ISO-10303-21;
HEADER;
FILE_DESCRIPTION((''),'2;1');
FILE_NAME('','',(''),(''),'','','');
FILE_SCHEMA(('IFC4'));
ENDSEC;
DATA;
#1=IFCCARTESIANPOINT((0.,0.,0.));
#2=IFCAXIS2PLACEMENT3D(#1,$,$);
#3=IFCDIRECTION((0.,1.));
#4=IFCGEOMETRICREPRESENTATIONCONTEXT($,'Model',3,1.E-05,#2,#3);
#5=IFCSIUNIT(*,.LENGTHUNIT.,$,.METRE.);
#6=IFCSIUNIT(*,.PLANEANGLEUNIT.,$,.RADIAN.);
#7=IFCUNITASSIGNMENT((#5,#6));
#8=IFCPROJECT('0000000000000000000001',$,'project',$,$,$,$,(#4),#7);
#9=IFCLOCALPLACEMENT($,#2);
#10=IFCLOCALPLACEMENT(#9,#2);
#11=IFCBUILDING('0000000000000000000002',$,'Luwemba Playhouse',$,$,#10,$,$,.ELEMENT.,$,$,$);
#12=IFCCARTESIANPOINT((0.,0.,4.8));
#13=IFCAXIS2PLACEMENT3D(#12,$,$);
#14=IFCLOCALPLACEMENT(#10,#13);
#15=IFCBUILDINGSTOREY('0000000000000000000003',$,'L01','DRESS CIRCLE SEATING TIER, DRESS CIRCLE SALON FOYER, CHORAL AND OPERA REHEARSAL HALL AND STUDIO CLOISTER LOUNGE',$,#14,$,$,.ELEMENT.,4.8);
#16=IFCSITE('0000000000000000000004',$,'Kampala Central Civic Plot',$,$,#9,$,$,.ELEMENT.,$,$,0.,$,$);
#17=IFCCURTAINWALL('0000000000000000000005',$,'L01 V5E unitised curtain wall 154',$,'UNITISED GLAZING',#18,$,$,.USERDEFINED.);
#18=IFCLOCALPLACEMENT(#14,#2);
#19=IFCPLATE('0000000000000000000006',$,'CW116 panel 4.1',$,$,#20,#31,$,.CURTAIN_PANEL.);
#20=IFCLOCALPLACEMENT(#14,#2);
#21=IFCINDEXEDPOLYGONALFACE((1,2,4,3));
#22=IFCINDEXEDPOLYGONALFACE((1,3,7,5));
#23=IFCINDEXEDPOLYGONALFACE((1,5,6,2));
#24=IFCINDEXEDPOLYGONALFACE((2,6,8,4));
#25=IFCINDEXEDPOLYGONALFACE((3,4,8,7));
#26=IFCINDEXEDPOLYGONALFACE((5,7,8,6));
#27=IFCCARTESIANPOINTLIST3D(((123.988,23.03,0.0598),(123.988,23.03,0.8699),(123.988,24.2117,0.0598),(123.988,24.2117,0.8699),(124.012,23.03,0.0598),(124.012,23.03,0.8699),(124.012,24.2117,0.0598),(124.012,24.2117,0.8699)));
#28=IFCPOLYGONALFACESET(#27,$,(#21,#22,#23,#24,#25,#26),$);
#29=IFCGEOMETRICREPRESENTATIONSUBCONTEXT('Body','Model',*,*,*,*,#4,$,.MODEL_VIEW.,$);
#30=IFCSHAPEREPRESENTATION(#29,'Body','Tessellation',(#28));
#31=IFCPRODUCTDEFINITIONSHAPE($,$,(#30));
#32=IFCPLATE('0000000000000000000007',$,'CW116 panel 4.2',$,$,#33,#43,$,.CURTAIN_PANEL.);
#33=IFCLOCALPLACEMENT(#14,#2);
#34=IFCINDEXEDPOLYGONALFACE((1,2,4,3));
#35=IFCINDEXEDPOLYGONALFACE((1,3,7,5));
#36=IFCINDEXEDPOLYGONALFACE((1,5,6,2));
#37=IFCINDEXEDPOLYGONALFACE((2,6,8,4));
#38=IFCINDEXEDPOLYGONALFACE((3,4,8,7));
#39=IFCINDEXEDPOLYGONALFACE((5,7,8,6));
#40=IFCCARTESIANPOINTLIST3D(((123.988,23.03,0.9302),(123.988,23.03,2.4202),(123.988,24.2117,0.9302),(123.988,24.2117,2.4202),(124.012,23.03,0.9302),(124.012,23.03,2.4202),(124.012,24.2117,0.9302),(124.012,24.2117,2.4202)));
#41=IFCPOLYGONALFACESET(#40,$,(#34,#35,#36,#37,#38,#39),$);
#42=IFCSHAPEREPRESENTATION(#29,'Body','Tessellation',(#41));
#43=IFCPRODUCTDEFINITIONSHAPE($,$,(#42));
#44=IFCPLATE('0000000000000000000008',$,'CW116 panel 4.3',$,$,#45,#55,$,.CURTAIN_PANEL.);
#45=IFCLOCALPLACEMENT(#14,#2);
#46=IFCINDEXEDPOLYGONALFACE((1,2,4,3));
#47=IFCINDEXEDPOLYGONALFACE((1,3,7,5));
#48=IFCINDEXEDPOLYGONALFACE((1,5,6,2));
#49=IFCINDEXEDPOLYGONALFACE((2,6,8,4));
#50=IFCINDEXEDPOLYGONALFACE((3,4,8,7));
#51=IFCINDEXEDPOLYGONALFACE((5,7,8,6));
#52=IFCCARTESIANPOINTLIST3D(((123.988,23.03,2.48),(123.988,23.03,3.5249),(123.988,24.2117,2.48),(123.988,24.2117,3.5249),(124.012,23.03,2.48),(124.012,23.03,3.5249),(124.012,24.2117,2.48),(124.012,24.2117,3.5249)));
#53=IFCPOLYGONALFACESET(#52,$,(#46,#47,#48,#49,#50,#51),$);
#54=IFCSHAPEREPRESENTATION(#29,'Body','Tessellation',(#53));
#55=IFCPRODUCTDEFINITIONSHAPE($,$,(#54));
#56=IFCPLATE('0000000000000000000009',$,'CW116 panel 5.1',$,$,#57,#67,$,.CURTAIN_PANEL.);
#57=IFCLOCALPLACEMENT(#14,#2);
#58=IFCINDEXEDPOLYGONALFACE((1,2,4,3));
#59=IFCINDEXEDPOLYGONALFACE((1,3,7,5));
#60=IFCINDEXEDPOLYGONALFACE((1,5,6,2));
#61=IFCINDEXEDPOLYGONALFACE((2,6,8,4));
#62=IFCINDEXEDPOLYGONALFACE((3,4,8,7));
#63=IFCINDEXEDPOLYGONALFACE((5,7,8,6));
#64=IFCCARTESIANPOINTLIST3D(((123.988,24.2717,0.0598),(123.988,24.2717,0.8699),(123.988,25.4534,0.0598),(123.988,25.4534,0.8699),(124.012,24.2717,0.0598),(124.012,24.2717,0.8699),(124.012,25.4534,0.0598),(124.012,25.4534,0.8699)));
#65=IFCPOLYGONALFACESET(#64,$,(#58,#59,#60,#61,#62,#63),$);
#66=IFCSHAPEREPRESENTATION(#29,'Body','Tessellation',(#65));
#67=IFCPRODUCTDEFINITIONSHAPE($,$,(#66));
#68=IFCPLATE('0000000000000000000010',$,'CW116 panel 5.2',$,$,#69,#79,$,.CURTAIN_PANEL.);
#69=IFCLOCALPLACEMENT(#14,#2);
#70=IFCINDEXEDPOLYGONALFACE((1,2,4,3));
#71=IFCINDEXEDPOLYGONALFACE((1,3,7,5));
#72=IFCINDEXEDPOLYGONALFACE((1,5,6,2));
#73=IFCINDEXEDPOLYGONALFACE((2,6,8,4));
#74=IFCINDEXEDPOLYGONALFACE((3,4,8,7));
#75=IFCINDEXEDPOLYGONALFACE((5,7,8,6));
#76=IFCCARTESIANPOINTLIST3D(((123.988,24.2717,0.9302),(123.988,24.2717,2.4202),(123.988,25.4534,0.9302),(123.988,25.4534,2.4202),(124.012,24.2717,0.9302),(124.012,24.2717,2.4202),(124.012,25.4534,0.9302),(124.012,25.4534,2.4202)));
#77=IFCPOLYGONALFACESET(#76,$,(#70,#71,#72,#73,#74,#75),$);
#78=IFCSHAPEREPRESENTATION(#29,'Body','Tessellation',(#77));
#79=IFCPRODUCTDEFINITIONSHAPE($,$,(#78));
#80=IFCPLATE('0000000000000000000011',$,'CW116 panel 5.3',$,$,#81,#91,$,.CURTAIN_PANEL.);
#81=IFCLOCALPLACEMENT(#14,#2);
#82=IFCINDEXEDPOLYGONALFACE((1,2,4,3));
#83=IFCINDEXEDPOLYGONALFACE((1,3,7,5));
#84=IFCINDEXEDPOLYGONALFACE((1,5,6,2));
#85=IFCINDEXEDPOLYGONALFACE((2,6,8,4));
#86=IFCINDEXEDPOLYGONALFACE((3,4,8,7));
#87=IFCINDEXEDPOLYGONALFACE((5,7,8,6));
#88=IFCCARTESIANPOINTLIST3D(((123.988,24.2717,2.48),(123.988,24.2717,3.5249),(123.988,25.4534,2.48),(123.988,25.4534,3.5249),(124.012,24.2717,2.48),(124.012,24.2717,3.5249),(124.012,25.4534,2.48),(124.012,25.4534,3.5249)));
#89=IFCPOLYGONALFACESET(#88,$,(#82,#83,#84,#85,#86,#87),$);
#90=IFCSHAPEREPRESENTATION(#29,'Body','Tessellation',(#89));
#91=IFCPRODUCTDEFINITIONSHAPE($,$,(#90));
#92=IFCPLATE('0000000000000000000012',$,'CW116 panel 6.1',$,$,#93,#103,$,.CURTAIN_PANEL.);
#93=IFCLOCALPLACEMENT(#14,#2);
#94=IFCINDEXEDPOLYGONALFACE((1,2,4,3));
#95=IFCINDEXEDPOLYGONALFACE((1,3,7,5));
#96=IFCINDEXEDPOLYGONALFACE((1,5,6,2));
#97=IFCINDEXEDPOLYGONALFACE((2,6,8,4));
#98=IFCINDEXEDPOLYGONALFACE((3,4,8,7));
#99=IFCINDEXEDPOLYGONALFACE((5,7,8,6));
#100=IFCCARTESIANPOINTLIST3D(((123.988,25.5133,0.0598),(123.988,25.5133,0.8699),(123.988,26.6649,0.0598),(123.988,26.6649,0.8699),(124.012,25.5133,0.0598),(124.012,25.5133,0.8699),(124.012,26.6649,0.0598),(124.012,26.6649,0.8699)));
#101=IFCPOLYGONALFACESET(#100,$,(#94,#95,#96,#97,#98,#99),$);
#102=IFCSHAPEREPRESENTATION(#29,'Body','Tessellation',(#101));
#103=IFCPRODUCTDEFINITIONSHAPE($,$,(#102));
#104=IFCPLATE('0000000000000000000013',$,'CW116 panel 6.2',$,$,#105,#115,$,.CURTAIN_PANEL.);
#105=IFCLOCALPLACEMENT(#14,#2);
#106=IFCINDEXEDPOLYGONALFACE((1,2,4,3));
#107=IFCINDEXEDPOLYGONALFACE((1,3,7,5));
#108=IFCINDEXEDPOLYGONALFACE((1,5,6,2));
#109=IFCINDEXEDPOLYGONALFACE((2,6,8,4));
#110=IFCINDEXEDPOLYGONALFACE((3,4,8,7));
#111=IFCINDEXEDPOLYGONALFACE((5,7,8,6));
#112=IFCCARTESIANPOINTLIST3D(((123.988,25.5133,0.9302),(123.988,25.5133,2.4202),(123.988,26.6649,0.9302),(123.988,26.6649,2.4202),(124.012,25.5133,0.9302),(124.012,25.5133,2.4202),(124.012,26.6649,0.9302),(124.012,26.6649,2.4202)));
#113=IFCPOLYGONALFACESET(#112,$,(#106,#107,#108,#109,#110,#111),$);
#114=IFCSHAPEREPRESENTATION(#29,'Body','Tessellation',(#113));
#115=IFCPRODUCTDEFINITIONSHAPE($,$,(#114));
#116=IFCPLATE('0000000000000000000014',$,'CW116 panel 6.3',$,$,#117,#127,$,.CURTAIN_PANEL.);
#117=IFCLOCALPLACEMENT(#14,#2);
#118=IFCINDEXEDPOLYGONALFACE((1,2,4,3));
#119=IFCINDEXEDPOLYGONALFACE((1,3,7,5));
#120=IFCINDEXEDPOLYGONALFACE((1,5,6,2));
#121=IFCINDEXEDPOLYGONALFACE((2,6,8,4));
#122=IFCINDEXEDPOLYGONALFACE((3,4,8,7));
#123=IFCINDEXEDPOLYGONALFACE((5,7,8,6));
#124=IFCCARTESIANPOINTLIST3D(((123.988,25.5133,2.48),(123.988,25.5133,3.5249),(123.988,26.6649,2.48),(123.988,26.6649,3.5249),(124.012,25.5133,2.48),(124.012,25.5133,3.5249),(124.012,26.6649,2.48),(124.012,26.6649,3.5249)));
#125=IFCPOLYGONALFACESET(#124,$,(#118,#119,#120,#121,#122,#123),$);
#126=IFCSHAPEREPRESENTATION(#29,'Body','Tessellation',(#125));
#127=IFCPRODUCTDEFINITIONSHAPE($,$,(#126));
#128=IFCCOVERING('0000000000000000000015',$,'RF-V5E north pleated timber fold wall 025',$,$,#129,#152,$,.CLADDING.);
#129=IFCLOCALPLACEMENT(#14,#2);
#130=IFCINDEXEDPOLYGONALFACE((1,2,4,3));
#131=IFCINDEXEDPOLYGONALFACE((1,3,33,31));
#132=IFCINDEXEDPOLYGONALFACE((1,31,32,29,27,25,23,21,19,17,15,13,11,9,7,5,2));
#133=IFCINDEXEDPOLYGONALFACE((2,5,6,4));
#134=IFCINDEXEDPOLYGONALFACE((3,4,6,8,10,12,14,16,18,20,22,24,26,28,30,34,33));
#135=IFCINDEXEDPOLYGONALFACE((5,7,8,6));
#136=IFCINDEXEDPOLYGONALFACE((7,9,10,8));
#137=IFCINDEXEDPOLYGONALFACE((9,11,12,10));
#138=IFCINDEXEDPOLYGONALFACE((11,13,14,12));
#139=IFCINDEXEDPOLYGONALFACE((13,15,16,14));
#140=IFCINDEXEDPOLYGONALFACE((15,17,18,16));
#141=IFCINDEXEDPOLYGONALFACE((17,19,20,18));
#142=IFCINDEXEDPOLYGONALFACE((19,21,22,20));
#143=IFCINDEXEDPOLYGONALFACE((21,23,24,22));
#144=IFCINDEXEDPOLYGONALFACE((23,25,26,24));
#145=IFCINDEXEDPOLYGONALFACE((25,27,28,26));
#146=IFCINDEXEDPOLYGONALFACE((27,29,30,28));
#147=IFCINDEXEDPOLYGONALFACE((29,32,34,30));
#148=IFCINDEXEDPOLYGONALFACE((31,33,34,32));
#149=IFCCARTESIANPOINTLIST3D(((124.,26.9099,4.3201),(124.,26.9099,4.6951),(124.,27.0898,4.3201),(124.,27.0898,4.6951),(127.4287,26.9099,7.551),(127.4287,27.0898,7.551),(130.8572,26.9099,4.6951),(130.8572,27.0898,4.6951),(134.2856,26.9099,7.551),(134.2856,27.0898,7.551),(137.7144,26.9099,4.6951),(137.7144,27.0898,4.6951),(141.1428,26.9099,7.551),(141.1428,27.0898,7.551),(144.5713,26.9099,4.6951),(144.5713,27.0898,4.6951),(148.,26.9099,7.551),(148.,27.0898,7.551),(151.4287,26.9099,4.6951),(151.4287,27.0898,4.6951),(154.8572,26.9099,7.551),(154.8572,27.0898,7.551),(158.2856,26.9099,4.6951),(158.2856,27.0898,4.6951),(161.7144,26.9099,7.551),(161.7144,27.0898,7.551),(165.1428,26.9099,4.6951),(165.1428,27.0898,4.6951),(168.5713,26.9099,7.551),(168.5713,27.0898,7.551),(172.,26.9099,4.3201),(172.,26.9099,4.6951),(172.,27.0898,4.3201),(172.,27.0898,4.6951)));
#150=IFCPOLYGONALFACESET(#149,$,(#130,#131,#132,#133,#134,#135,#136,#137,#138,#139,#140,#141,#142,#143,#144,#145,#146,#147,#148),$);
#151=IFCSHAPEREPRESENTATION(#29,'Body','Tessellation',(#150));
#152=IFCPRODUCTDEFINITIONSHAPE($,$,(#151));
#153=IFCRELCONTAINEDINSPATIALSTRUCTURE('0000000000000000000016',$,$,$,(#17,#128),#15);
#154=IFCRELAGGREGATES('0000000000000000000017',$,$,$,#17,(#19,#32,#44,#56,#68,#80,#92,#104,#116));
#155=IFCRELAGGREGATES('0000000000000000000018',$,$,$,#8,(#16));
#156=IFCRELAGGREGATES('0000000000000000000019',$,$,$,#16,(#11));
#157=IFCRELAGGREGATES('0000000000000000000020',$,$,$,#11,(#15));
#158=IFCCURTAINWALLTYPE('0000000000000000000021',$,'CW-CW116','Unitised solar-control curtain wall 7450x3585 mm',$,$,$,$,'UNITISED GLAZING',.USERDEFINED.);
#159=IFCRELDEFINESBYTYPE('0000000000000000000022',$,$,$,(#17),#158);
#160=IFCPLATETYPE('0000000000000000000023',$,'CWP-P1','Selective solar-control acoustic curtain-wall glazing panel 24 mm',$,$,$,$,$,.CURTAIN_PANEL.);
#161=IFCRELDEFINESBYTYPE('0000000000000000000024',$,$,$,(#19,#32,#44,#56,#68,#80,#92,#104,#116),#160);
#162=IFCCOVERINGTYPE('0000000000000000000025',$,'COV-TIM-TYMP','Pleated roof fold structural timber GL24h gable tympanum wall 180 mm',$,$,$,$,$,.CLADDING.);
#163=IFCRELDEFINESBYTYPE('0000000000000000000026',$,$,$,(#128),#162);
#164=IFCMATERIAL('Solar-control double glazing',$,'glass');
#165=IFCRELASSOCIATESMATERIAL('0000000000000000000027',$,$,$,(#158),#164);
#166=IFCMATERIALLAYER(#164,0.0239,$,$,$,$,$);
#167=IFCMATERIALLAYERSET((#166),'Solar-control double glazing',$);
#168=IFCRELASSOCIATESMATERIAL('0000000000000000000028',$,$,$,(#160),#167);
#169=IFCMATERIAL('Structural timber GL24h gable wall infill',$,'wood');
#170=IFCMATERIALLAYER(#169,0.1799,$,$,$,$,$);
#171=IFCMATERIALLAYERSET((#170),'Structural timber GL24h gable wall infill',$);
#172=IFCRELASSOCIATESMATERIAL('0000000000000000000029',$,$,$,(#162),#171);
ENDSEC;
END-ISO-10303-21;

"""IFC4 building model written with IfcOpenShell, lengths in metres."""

from ifc_helpers import new_model, si_unit, direction, frame, origin, origin_2d, place, context, subcontext, project, spatial, polyline, rectangle, outline, extrude, material, layer, layer_set, type_object, element, aggregate, save


model = new_model("IFC4")

# Units and contexts
model_context = context("Model", 3, precision=1e-05, world=origin(), true_north=direction((0.0, 1.0)))
body_context = subcontext(model_context, "Body", "Model", "MODEL_VIEW")
ifc_project = project(units=[si_unit("LENGTHUNIT", "METRE"), si_unit("PLANEANGLEUNIT", "RADIAN")], contexts=[model_context])

# Site, building, storey
site_placement = place(None, origin())
site = spatial("IfcSite", under=ifc_project, at=site_placement, Name="Kampala Central Civic Plot", CompositionType="ELEMENT", RefElevation=0.0)
building_placement = place(site_placement, origin())
building = spatial("IfcBuilding", under=site, at=building_placement, Name="Luwemba Playhouse", CompositionType="ELEMENT")
storey_placement = place(building_placement, frame((0.0, 0.0, 4.8)))
storey = spatial("IfcBuildingStorey", under=building, at=storey_placement, Name="L01", Description="DRESS CIRCLE SEATING TIER, DRESS CIRCLE SALON FOYER, CHORAL AND OPERA REHEARSAL HALL AND STUDIO CLOISTER LOUNGE", CompositionType="ELEMENT", Elevation=4.8)

# Curtain wall
ifc_material_1 = material(Name="Solar-control double glazing", Category="glass")
curtain_wall_type_1 = type_object("IfcCurtainWallType", Name="CW-CW116", Description="Unitised solar-control curtain wall 7450x3585 mm", ElementType="UNITISED GLAZING", PredefinedType="USERDEFINED", material=ifc_material_1)
curtain_wall_1_placement = place(storey_placement, origin())
curtain_wall_1 = element("IfcCurtainWall", 1, at=curtain_wall_1_placement, inside=storey, type_object=curtain_wall_type_1, Name="L01 V5E unitised curtain wall 154", ObjectType="UNITISED GLAZING", PredefinedType="USERDEFINED")

# Plates
ifc_layer_1 = layer(ifc_material_1, 0.0239)
ifc_layer_set_1 = layer_set([ifc_layer_1], Name="Solar-control double glazing")
plate_type = type_object("IfcPlateType", Name="CWP-P1", Description="Selective solar-control acoustic curtain-wall glazing panel 24 mm", PredefinedType="CURTAIN_PANEL", material=ifc_layer_set_1)
plate_1_placement = place(storey_placement, frame((124.0, 23.6208, 0.0598), z_axis=(0.0, 0.0, 1.0), x_axis=(0.0, 1.0, 0.0)))
plate_1 = element("IfcPlate", 2, at=plate_1_placement, type_object=plate_type, Name="CW116 panel 4.1", PredefinedType="CURTAIN_PANEL", context=body_context, shape_type="SweptSolid", body=[
    extrude(rectangle(XDim=1.1816, YDim=0.0239, at=origin_2d()), origin(), (0.0, 0.0, 1.0), 0.8101),
])
plate_2_placement = place(storey_placement, frame((124.0, 23.6208, 0.9302), z_axis=(0.0, 0.0, 1.0), x_axis=(0.0, 1.0, 0.0)))
plate_2 = element("IfcPlate", 3, at=plate_2_placement, type_object=plate_type, Name="CW116 panel 4.2", PredefinedType="CURTAIN_PANEL", context=body_context, shape_type="SweptSolid", body=[
    extrude(rectangle(XDim=1.1816, YDim=0.0239, at=origin_2d()), origin(), (0.0, 0.0, 1.0), 1.49),
])
plate_3_placement = place(storey_placement, frame((124.0, 23.6208, 2.48), z_axis=(0.0, 0.0, 1.0), x_axis=(0.0, 1.0, 0.0)))
plate_3 = element("IfcPlate", 4, at=plate_3_placement, type_object=plate_type, Name="CW116 panel 4.3", PredefinedType="CURTAIN_PANEL", context=body_context, shape_type="SweptSolid", body=[
    extrude(rectangle(XDim=1.1816, YDim=0.0239, at=origin_2d()), origin(), (0.0, 0.0, 1.0), 1.0449),
])
plate_4_placement = place(storey_placement, frame((124.0, 24.8625, 0.0598), z_axis=(0.0, 0.0, 1.0), x_axis=(0.0, 1.0, 0.0)))
plate_4 = element("IfcPlate", 5, at=plate_4_placement, type_object=plate_type, Name="CW116 panel 5.1", PredefinedType="CURTAIN_PANEL", context=body_context, shape_type="SweptSolid", body=[
    extrude(rectangle(XDim=1.1816, YDim=0.0239, at=origin_2d()), origin(), (0.0, 0.0, 1.0), 0.8101),
])
plate_5_placement = place(storey_placement, frame((124.0, 24.8625, 0.9302), z_axis=(0.0, 0.0, 1.0), x_axis=(0.0, 1.0, 0.0)))
plate_5 = element("IfcPlate", 6, at=plate_5_placement, type_object=plate_type, Name="CW116 panel 5.2", PredefinedType="CURTAIN_PANEL", context=body_context, shape_type="SweptSolid", body=[
    extrude(rectangle(XDim=1.1816, YDim=0.0239, at=origin_2d()), origin(), (0.0, 0.0, 1.0), 1.49),
])
plate_6_placement = place(storey_placement, frame((124.0, 24.8625, 2.48), z_axis=(0.0, 0.0, 1.0), x_axis=(0.0, 1.0, 0.0)))
plate_6 = element("IfcPlate", 7, at=plate_6_placement, type_object=plate_type, Name="CW116 panel 5.3", PredefinedType="CURTAIN_PANEL", context=body_context, shape_type="SweptSolid", body=[
    extrude(rectangle(XDim=1.1816, YDim=0.0239, at=origin_2d()), origin(), (0.0, 0.0, 1.0), 1.0449),
])
plate_7_placement = place(storey_placement, frame((124.0, 26.0891, 0.0598), z_axis=(0.0, 0.0, 1.0), x_axis=(0.0, 1.0, 0.0)))
plate_7 = element("IfcPlate", 8, at=plate_7_placement, type_object=plate_type, Name="CW116 panel 6.1", PredefinedType="CURTAIN_PANEL", context=body_context, shape_type="SweptSolid", body=[
    extrude(rectangle(XDim=1.1516, YDim=0.0239, at=origin_2d()), origin(), (0.0, 0.0, 1.0), 0.8101),
])
plate_8_placement = place(storey_placement, frame((124.0, 26.0891, 0.9302), z_axis=(0.0, 0.0, 1.0), x_axis=(0.0, 1.0, 0.0)))
plate_8 = element("IfcPlate", 9, at=plate_8_placement, type_object=plate_type, Name="CW116 panel 6.2", PredefinedType="CURTAIN_PANEL", context=body_context, shape_type="SweptSolid", body=[
    extrude(rectangle(XDim=1.1516, YDim=0.0239, at=origin_2d()), origin(), (0.0, 0.0, 1.0), 1.49),
])
plate_9_placement = place(storey_placement, frame((124.0, 26.0891, 2.48), z_axis=(0.0, 0.0, 1.0), x_axis=(0.0, 1.0, 0.0)))
plate_9 = element("IfcPlate", 10, at=plate_9_placement, type_object=plate_type, Name="CW116 panel 6.3", PredefinedType="CURTAIN_PANEL", context=body_context, shape_type="SweptSolid", body=[
    extrude(rectangle(XDim=1.1516, YDim=0.0239, at=origin_2d()), origin(), (0.0, 0.0, 1.0), 1.0449),
])
aggregate(curtain_wall_1, [plate_1, plate_2, plate_3, plate_4, plate_5, plate_6, plate_7, plate_8, plate_9])

# Covering
ifc_material_2 = material(Name="Structural timber GL24h gable wall infill", Category="wood")
ifc_layer_2 = layer(ifc_material_2, 0.1799)
ifc_layer_set_2 = layer_set([ifc_layer_2], Name="Structural timber GL24h gable wall infill")
covering_type = type_object("IfcCoveringType", Name="COV-TIM-TYMP", Description="Pleated roof fold structural timber GL24h gable tympanum wall 180 mm", PredefinedType="CLADDING", material=ifc_layer_set_2)
covering_placement = place(storey_placement, frame((124.0, 27.0, 4.3201), z_axis=(0.0, 0.0, 1.0), x_axis=(1.0, 0.0, 0.0)))
element("IfcCovering", 11, at=covering_placement, inside=storey, type_object=covering_type, Name="RF-V5E north pleated timber fold wall 025", PredefinedType="CLADDING", context=body_context, shape_type="SweptSolid", body=[
    extrude(outline(polyline([(0.0, 0.0), (48.0, 0.0), (48.0, 0.375), (44.5713, 3.231), (41.1428, 0.375), (37.7144, 3.231), (34.2856, 0.375), (30.8572, 3.231), (27.4287, 0.375), (24.0, 3.231), (20.5713, 0.375), (17.1428, 3.231), (13.7144, 0.375), (10.2856, 3.231), (6.8572, 0.375), (3.4287, 3.231), (0.0, 0.375), (0.0, 0.0)])), frame((0.0, 0.0898, 0.0), z_axis=(0.0, -1.0, 0.0), x_axis=(1.0, 0.0, 0.0)), (0.0, 0.0, 1.0), 0.1799),
])

save(model, "model.ifc")
